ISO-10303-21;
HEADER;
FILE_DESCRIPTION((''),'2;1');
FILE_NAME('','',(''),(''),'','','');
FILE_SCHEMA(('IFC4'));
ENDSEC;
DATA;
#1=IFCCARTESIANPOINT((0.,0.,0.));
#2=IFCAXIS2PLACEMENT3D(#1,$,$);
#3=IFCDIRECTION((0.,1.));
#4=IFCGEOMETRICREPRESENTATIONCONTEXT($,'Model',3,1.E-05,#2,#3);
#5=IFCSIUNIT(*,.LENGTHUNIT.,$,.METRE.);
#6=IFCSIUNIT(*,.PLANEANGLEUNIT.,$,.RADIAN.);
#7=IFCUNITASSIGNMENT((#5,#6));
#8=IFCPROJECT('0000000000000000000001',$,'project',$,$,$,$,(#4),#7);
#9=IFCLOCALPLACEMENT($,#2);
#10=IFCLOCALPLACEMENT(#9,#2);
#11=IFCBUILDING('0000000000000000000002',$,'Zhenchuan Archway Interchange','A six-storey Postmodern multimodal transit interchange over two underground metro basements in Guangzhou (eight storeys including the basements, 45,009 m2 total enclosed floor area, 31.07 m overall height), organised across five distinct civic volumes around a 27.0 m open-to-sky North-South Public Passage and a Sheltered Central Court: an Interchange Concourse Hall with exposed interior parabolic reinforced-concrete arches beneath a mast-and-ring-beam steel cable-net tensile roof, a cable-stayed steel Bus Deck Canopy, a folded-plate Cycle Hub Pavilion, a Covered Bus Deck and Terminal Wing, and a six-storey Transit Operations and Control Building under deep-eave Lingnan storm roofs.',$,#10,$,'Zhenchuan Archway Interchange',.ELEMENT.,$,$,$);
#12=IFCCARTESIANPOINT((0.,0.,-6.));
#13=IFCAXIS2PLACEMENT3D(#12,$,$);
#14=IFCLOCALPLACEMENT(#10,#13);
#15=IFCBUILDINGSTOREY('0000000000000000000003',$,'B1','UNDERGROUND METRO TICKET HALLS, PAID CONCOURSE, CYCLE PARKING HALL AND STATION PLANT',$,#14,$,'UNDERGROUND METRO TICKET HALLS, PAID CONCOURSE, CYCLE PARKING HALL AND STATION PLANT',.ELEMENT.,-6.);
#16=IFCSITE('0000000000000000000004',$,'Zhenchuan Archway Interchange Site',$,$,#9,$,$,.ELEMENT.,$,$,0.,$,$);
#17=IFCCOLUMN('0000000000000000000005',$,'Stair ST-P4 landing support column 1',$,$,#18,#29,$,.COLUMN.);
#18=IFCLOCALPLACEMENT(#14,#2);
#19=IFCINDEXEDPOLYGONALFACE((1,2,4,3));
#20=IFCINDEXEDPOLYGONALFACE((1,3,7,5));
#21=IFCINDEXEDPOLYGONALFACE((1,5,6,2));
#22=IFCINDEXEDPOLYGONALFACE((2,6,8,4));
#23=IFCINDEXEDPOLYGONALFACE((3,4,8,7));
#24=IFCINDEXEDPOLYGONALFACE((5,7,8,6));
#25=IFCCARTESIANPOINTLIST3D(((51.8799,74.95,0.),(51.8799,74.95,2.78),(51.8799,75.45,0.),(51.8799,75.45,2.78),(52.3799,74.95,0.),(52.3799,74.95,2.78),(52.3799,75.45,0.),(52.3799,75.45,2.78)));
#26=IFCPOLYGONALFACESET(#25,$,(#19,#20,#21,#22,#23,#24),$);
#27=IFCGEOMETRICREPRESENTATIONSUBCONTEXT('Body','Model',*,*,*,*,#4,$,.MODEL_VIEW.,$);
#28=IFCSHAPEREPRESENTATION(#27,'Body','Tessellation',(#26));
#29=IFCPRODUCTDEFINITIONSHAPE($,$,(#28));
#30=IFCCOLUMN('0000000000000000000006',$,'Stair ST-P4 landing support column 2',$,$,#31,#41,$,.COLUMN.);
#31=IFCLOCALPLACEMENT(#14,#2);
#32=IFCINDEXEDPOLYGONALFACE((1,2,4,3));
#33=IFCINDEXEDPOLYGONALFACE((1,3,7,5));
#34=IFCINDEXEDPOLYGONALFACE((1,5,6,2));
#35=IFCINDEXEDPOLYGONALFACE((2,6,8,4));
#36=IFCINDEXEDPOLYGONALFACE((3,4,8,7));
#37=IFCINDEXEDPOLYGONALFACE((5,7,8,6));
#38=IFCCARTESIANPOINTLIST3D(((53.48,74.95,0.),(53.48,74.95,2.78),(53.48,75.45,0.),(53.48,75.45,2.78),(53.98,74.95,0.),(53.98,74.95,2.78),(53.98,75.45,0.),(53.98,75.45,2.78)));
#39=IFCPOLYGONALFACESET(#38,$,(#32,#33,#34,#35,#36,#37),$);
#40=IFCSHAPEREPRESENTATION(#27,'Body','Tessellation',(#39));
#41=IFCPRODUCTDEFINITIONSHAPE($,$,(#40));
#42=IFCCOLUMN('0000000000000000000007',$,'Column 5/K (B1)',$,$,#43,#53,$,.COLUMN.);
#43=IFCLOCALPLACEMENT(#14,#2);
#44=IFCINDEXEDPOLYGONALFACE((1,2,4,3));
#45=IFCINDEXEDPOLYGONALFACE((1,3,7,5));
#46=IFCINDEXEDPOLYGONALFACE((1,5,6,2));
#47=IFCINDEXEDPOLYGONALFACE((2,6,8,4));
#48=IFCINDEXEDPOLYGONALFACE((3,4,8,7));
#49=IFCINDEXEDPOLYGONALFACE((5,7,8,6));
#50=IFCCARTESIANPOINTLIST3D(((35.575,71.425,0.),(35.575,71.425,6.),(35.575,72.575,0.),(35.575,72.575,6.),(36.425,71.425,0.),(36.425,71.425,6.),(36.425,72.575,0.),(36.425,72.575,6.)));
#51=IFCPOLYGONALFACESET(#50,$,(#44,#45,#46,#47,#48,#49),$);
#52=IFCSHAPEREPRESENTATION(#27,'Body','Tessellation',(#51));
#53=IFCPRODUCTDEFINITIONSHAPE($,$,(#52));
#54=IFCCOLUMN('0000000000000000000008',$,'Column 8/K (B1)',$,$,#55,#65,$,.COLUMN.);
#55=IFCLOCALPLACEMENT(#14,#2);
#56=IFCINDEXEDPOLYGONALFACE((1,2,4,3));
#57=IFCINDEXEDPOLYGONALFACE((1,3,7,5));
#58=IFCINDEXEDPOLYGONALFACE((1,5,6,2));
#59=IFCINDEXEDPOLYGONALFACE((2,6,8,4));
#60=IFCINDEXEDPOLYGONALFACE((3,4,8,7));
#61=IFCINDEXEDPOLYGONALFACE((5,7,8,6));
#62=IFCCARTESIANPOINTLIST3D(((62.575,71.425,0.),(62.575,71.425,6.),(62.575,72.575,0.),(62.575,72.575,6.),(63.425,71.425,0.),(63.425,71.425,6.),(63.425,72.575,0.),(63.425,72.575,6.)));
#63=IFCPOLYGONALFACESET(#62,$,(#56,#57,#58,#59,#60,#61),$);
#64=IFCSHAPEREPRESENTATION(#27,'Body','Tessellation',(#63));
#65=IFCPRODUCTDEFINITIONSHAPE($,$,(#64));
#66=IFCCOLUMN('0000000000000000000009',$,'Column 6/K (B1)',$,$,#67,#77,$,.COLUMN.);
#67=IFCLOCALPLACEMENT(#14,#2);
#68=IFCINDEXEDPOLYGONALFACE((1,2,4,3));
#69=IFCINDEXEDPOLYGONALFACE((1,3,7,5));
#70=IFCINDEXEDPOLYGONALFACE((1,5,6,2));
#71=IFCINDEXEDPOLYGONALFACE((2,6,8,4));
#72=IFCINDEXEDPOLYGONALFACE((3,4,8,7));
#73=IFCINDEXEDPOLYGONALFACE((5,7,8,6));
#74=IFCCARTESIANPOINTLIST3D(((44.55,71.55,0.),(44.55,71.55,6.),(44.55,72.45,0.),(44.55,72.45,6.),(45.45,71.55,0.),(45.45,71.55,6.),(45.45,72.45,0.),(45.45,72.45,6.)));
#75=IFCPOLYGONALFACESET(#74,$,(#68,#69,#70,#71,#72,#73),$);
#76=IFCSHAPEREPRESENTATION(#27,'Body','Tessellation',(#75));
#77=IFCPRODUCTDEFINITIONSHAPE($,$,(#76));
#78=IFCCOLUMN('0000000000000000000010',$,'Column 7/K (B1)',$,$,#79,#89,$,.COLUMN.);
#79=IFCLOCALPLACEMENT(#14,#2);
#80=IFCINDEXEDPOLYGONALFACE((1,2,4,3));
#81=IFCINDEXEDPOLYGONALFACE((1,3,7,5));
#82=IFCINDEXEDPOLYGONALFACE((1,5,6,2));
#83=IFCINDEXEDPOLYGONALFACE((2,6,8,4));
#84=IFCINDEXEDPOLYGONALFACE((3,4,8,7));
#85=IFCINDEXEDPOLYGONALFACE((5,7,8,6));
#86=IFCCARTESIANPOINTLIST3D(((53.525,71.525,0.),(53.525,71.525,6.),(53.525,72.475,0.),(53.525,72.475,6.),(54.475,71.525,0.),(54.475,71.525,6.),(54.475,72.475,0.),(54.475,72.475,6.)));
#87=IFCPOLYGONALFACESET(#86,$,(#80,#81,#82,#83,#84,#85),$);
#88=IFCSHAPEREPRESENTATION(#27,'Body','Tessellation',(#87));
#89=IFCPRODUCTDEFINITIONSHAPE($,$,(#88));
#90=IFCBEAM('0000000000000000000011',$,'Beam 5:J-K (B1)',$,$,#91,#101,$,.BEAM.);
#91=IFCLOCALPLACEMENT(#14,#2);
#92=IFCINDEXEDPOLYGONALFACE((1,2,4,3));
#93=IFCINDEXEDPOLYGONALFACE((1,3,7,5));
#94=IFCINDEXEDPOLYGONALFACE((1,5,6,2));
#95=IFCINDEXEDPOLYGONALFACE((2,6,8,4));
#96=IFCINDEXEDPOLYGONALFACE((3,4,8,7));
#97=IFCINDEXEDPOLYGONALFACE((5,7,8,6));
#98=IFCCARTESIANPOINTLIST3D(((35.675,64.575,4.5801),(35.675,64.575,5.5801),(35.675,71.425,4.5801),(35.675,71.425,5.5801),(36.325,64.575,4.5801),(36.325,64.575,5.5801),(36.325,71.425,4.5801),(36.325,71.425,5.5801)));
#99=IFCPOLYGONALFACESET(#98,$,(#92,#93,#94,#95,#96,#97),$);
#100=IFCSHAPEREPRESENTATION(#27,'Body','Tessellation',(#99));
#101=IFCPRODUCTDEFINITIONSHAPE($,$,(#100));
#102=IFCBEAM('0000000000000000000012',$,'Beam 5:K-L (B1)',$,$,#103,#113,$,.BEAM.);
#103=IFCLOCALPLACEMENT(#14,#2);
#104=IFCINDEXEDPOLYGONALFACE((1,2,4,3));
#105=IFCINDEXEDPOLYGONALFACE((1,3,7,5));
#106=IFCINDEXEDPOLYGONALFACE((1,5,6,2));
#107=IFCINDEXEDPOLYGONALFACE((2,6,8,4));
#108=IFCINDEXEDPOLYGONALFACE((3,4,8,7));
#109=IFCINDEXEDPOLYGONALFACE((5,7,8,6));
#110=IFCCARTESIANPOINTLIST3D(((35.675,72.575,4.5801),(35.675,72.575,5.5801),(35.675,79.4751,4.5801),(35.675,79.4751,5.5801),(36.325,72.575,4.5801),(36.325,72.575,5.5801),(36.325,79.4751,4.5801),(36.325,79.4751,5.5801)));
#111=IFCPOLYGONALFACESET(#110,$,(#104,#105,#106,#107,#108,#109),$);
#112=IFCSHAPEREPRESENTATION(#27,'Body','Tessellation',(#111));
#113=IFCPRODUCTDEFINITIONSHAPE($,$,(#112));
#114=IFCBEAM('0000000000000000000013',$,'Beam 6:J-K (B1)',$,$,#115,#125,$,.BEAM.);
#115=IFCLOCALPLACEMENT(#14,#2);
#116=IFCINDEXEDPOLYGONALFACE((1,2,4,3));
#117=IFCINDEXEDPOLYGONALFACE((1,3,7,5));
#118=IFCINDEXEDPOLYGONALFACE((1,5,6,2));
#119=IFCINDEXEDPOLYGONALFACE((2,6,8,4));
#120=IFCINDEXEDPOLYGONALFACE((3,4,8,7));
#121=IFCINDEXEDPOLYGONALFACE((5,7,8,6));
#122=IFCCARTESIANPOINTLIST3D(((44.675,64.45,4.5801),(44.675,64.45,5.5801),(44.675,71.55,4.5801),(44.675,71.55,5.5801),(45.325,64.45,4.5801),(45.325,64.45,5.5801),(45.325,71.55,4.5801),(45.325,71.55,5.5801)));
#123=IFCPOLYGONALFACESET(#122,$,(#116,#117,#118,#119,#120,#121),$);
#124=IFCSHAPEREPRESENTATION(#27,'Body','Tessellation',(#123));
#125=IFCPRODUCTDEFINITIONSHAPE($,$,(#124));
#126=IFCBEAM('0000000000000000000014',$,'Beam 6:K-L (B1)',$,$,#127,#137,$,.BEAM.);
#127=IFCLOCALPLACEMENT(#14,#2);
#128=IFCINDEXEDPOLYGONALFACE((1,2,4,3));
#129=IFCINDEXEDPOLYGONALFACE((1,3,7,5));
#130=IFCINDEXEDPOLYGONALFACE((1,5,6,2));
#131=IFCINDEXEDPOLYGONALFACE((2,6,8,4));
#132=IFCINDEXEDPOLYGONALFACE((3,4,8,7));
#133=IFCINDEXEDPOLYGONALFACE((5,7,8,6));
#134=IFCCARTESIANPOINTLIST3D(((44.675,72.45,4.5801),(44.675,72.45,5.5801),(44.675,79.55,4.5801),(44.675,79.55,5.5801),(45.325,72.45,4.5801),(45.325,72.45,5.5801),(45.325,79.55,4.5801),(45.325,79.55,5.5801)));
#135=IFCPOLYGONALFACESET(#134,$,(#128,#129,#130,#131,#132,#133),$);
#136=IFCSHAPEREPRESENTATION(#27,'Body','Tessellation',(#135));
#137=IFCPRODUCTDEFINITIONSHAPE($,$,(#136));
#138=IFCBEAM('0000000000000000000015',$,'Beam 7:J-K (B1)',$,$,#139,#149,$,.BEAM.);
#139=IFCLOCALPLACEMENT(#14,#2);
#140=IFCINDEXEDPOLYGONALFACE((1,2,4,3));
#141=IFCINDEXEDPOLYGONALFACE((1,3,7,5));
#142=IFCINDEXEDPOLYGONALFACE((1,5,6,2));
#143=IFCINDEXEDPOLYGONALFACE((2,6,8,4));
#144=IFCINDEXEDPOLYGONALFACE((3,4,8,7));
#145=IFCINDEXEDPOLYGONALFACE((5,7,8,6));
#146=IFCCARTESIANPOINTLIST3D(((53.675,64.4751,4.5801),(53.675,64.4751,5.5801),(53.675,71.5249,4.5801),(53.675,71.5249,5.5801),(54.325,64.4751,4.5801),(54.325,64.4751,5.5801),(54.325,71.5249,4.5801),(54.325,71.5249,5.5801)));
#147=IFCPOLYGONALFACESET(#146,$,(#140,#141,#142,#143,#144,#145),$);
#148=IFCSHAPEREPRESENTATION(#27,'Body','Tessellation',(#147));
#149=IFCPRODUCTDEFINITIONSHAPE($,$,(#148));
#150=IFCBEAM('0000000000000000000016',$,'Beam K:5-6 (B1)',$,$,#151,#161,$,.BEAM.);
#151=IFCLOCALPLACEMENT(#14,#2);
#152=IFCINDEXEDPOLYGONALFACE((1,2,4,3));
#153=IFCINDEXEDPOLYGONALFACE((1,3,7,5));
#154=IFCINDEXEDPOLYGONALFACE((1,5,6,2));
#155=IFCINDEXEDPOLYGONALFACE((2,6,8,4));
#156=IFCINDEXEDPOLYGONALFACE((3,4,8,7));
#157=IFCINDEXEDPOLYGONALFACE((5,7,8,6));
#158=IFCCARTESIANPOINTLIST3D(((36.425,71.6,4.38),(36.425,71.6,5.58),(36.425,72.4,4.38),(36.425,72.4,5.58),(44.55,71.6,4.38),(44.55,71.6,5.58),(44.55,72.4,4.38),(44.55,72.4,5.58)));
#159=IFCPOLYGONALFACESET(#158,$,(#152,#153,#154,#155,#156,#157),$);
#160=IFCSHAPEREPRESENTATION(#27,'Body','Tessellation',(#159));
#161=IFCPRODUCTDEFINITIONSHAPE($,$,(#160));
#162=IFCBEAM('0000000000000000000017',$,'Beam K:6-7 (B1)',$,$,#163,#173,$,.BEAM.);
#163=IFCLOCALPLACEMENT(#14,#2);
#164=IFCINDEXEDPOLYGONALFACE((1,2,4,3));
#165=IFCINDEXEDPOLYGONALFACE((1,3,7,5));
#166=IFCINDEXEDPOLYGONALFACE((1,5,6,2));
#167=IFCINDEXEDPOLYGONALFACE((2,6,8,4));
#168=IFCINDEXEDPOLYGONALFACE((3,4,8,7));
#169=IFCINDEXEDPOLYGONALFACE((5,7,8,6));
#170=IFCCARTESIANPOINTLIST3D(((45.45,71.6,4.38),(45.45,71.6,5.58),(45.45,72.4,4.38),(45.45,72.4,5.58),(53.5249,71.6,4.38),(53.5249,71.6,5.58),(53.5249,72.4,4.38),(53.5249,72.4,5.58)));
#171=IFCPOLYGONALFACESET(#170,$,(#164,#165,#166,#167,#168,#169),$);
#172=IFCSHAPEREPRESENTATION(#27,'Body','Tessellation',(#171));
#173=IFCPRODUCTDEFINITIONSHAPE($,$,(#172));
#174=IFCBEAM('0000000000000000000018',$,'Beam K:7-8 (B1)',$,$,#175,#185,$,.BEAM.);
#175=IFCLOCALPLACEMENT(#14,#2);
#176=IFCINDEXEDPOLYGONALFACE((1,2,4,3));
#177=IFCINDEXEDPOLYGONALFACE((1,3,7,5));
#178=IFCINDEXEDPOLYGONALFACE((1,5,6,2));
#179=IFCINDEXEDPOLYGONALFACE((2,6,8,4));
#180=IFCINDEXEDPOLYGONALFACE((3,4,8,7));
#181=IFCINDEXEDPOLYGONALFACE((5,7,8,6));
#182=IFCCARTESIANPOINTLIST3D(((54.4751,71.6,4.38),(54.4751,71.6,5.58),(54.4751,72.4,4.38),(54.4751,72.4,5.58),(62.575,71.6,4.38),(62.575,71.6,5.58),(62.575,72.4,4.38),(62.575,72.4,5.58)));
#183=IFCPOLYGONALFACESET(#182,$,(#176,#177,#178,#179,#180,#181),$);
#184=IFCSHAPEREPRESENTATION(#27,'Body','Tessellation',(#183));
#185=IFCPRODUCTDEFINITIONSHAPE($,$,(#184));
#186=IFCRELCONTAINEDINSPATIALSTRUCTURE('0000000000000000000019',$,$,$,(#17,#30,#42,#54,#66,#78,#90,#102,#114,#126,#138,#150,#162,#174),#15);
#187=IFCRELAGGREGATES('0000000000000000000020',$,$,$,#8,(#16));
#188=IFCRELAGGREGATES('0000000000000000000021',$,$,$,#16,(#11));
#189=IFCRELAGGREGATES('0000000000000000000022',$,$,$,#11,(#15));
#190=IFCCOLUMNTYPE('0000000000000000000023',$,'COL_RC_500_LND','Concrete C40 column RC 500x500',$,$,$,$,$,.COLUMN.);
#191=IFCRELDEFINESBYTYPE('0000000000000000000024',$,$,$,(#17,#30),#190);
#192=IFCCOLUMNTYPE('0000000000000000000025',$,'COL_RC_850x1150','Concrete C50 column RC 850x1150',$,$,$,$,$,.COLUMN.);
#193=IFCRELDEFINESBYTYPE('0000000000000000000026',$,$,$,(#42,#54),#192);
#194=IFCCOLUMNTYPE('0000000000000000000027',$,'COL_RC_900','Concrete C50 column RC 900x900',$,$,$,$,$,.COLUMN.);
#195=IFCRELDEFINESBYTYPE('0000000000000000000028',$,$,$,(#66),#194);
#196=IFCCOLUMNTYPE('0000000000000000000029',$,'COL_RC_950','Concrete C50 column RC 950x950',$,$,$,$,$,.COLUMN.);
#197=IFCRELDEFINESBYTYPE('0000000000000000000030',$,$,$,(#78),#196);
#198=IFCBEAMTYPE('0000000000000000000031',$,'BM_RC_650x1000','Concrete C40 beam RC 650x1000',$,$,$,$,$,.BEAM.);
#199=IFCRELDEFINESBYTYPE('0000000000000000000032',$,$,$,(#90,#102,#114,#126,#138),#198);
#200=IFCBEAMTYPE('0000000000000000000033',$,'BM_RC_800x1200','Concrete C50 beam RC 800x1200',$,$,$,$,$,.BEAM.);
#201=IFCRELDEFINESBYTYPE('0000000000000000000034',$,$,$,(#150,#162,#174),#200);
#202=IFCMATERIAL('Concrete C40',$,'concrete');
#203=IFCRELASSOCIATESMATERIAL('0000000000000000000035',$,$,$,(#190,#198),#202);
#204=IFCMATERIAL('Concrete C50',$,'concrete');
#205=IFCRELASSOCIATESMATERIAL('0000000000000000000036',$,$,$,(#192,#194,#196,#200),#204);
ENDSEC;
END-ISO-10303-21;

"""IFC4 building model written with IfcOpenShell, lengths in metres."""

from ifc_helpers import new_model, si_unit, direction, frame, origin, origin_2d, place, context, subcontext, project, spatial, rectangle, extrude, material, material_profile, profile_set, type_object, element, save


model = new_model("IFC4")

# Units and contexts
model_context = context("Model", 3, precision=1e-05, world=origin(), true_north=direction((0.0, 1.0)))
body_context = subcontext(model_context, "Body", "Model", "MODEL_VIEW")
ifc_project = project(units=[si_unit("LENGTHUNIT", "METRE"), si_unit("PLANEANGLEUNIT", "RADIAN")], contexts=[model_context])

# Site, building, storey
site_placement = place(None, origin())
site = spatial("IfcSite", under=ifc_project, at=site_placement, Name="Zhenchuan Archway Interchange Site", CompositionType="ELEMENT", RefElevation=0.0)
building_placement = place(site_placement, origin())
building = spatial("IfcBuilding", under=site, at=building_placement, Name="Zhenchuan Archway Interchange", Description="A six-storey Postmodern multimodal transit interchange over two underground metro basements in Guangzhou (eight storeys including the basements, 45,009 m2 total enclosed floor area, 31.07 m overall height), organised across five distinct civic volumes around a 27.0 m open-to-sky North-South Public Passage and a Sheltered Central Court: an Interchange Concourse Hall with exposed interior parabolic reinforced-concrete arches beneath a mast-and-ring-beam steel cable-net tensile roof, a cable-stayed steel Bus Deck Canopy, a folded-plate Cycle Hub Pavilion, a Covered Bus Deck and Terminal Wing, and a six-storey Transit Operations and Control Building under deep-eave Lingnan storm roofs.", LongName="Zhenchuan Archway Interchange", CompositionType="ELEMENT")
storey_placement = place(building_placement, frame((0.0, 0.0, -6.0)))
storey = spatial("IfcBuildingStorey", under=building, at=storey_placement, Name="B1", Description="UNDERGROUND METRO TICKET HALLS, PAID CONCOURSE, CYCLE PARKING HALL AND STATION PLANT", LongName="UNDERGROUND METRO TICKET HALLS, PAID CONCOURSE, CYCLE PARKING HALL AND STATION PLANT", CompositionType="ELEMENT", Elevation=-6.0)

# Columns
ifc_material_1 = material(Name="Concrete C40", Category="concrete")
ifc_material_profile_1 = material_profile(ifc_material_1, rectangle(XDim=0.5, YDim=0.5, at=origin_2d()), Name="RC 500x500")
ifc_profile_set_1 = profile_set([ifc_material_profile_1], Name="Concrete C40")
column_type_1 = type_object("IfcColumnType", Name="COL_RC_500_LND", Description="Concrete C40 column RC 500x500", PredefinedType="COLUMN", material=ifc_profile_set_1)
for number, where, z_axis, x_axis, name in (
    (1, (52.1299, 75.2, 0.0), (0.0, 0.0, 1.0), (1.0, 0.0, 0.0), "Stair ST-P4 landing support column 1"),
    (2, (53.73, 75.2, 0.0), (0.0, 0.0, 1.0), (1.0, 0.0, 0.0), "Stair ST-P4 landing support column 2"),
):
    element("IfcColumn", number, at=place(storey_placement, frame(where, z_axis=z_axis, x_axis=x_axis)), inside=storey, type_object=column_type_1, Name=name, PredefinedType="COLUMN", context=body_context, shape_type="SweptSolid", body=[
        extrude(rectangle(XDim=0.5, YDim=0.5, at=origin_2d()), origin(), (0.0, 0.0, 1.0), 2.78),
    ])
ifc_material_2 = material(Name="Concrete C50", Category="concrete")
ifc_material_profile_2 = material_profile(ifc_material_2, rectangle(XDim=0.8501, YDim=1.1499, at=origin_2d()), Name="RC 850x1150")
ifc_profile_set_2 = profile_set([ifc_material_profile_2], Name="Concrete C50")
column_type_2 = type_object("IfcColumnType", Name="COL_RC_850x1150", Description="Concrete C50 column RC 850x1150", PredefinedType="COLUMN", material=ifc_profile_set_2)
for number, where, z_axis, x_axis, name in (
    (3, (36.0, 72.0, 0.0), (0.0, 0.0, 1.0), (1.0, 0.0, 0.0), "Column 5/K (B1)"),
    (4, (63.0, 72.0, 0.0), (0.0, 0.0, 1.0), (1.0, 0.0, 0.0), "Column 8/K (B1)"),
):
    element("IfcColumn", number, at=place(storey_placement, frame(where, z_axis=z_axis, x_axis=x_axis)), inside=storey, type_object=column_type_2, Name=name, PredefinedType="COLUMN", context=body_context, shape_type="SweptSolid", body=[
        extrude(rectangle(XDim=0.8501, YDim=1.1499, at=origin_2d()), origin(), (0.0, 0.0, 1.0), 6.0),
    ])
ifc_material_profile_3 = material_profile(ifc_material_2, rectangle(XDim=0.8999, YDim=0.8999, at=origin_2d()), Name="RC 900x900")
ifc_profile_set_3 = profile_set([ifc_material_profile_3], Name="Concrete C50")
column_type_3 = type_object("IfcColumnType", Name="COL_RC_900", Description="Concrete C50 column RC 900x900", PredefinedType="COLUMN", material=ifc_profile_set_3)
column_1_placement = place(storey_placement, frame((45.0, 72.0, 0.0), z_axis=(0.0, 0.0, 1.0), x_axis=(1.0, 0.0, 0.0)))
element("IfcColumn", 5, at=column_1_placement, inside=storey, type_object=column_type_3, Name="Column 6/K (B1)", PredefinedType="COLUMN", context=body_context, shape_type="SweptSolid", body=[
    extrude(rectangle(XDim=0.8999, YDim=0.8999, at=origin_2d()), origin(), (0.0, 0.0, 1.0), 6.0),
])
ifc_material_profile_4 = material_profile(ifc_material_2, rectangle(XDim=0.95, YDim=0.95, at=origin_2d()), Name="RC 950x950")
ifc_profile_set_4 = profile_set([ifc_material_profile_4], Name="Concrete C50")
column_type_4 = type_object("IfcColumnType", Name="COL_RC_950", Description="Concrete C50 column RC 950x950", PredefinedType="COLUMN", material=ifc_profile_set_4)
column_2_placement = place(storey_placement, frame((54.0, 72.0, 0.0), z_axis=(0.0, 0.0, 1.0), x_axis=(1.0, 0.0, 0.0)))
element("IfcColumn", 6, at=column_2_placement, inside=storey, type_object=column_type_4, Name="Column 7/K (B1)", PredefinedType="COLUMN", context=body_context, shape_type="SweptSolid", body=[
    extrude(rectangle(XDim=0.95, YDim=0.95, at=origin_2d()), origin(), (0.0, 0.0, 1.0), 6.0),
])

# Beams
ifc_material_profile_5 = material_profile(ifc_material_1, rectangle(XDim=0.6499, YDim=1.0, at=origin_2d()), Name="RC 650x1000")
ifc_profile_set_5 = profile_set([ifc_material_profile_5], Name="Concrete C40")
beam_type_1 = type_object("IfcBeamType", Name="BM_RC_650x1000", Description="Concrete C40 beam RC 650x1000", PredefinedType="BEAM", material=ifc_profile_set_5)
beam_1_placement = place(storey_placement, frame((36.0, 64.575, 5.0801), z_axis=(0.0, 1.0, 0.0), x_axis=(-1.0, 0.0, 0.0)))
element("IfcBeam", 7, at=beam_1_placement, inside=storey, type_object=beam_type_1, Name="Beam 5:J-K (B1)", PredefinedType="BEAM", context=body_context, shape_type="SweptSolid", body=[
    extrude(rectangle(XDim=0.6499, YDim=1.0, at=origin_2d()), origin(), (0.0, 0.0, 1.0), 6.8501),
])
beam_2_placement = place(storey_placement, frame((36.0, 72.575, 5.0801), z_axis=(0.0, 1.0, 0.0), x_axis=(-1.0, 0.0, 0.0)))
element("IfcBeam", 8, at=beam_2_placement, inside=storey, type_object=beam_type_1, Name="Beam 5:K-L (B1)", PredefinedType="BEAM", context=body_context, shape_type="SweptSolid", body=[
    extrude(rectangle(XDim=0.6499, YDim=1.0, at=origin_2d()), origin(), (0.0, 0.0, 1.0), 6.9001),
])
for number, where, z_axis, x_axis, name in (
    (9, (45.0, 64.45, 5.0801), (0.0, 1.0, 0.0), (-1.0, 0.0, 0.0), "Beam 6:J-K (B1)"),
    (10, (45.0, 72.45, 5.0801), (0.0, 1.0, 0.0), (-1.0, 0.0, 0.0), "Beam 6:K-L (B1)"),
):
    element("IfcBeam", number, at=place(storey_placement, frame(where, z_axis=z_axis, x_axis=x_axis)), inside=storey, type_object=beam_type_1, Name=name, PredefinedType="BEAM", context=body_context, shape_type="SweptSolid", body=[
        extrude(rectangle(XDim=0.6499, YDim=1.0, at=origin_2d()), origin(), (0.0, 0.0, 1.0), 7.1001),
    ])
beam_3_placement = place(storey_placement, frame((54.0, 64.4751, 5.0801), z_axis=(0.0, 1.0, 0.0), x_axis=(-1.0, 0.0, 0.0)))
element("IfcBeam", 11, at=beam_3_placement, inside=storey, type_object=beam_type_1, Name="Beam 7:J-K (B1)", PredefinedType="BEAM", context=body_context, shape_type="SweptSolid", body=[
    extrude(rectangle(XDim=0.6499, YDim=1.0, at=origin_2d()), origin(), (0.0, 0.0, 1.0), 7.0498),
])
ifc_material_profile_6 = material_profile(ifc_material_2, rectangle(XDim=0.8, YDim=1.2, at=origin_2d()), Name="RC 800x1200")
ifc_profile_set_6 = profile_set([ifc_material_profile_6], Name="Concrete C50")
beam_type_2 = type_object("IfcBeamType", Name="BM_RC_800x1200", Description="Concrete C50 beam RC 800x1200", PredefinedType="BEAM", material=ifc_profile_set_6)
beam_4_placement = place(storey_placement, frame((36.425, 72.0, 4.98), z_axis=(1.0, 0.0, 0.0), x_axis=(0.0, 1.0, 0.0)))
element("IfcBeam", 12, at=beam_4_placement, inside=storey, type_object=beam_type_2, Name="Beam K:5-6 (B1)", PredefinedType="BEAM", context=body_context, shape_type="SweptSolid", body=[
    extrude(rectangle(XDim=0.8, YDim=1.2, at=origin_2d()), origin(), (0.0, 0.0, 1.0), 8.125),
])
beam_5_placement = place(storey_placement, frame((45.45, 72.0, 4.98), z_axis=(1.0, 0.0, 0.0), x_axis=(0.0, 1.0, 0.0)))
element("IfcBeam", 13, at=beam_5_placement, inside=storey, type_object=beam_type_2, Name="Beam K:6-7 (B1)", PredefinedType="BEAM", context=body_context, shape_type="SweptSolid", body=[
    extrude(rectangle(XDim=0.8, YDim=1.2, at=origin_2d()), origin(), (0.0, 0.0, 1.0), 8.075),
])
beam_6_placement = place(storey_placement, frame((54.4751, 72.0, 4.98), z_axis=(1.0, 0.0, 0.0), x_axis=(0.0, 1.0, 0.0)))
element("IfcBeam", 14, at=beam_6_placement, inside=storey, type_object=beam_type_2, Name="Beam K:7-8 (B1)", PredefinedType="BEAM", context=body_context, shape_type="SweptSolid", body=[
    extrude(rectangle(XDim=0.8, YDim=1.2, at=origin_2d()), origin(), (0.0, 0.0, 1.0), 8.0999),
])

save(model, "model.ifc")
